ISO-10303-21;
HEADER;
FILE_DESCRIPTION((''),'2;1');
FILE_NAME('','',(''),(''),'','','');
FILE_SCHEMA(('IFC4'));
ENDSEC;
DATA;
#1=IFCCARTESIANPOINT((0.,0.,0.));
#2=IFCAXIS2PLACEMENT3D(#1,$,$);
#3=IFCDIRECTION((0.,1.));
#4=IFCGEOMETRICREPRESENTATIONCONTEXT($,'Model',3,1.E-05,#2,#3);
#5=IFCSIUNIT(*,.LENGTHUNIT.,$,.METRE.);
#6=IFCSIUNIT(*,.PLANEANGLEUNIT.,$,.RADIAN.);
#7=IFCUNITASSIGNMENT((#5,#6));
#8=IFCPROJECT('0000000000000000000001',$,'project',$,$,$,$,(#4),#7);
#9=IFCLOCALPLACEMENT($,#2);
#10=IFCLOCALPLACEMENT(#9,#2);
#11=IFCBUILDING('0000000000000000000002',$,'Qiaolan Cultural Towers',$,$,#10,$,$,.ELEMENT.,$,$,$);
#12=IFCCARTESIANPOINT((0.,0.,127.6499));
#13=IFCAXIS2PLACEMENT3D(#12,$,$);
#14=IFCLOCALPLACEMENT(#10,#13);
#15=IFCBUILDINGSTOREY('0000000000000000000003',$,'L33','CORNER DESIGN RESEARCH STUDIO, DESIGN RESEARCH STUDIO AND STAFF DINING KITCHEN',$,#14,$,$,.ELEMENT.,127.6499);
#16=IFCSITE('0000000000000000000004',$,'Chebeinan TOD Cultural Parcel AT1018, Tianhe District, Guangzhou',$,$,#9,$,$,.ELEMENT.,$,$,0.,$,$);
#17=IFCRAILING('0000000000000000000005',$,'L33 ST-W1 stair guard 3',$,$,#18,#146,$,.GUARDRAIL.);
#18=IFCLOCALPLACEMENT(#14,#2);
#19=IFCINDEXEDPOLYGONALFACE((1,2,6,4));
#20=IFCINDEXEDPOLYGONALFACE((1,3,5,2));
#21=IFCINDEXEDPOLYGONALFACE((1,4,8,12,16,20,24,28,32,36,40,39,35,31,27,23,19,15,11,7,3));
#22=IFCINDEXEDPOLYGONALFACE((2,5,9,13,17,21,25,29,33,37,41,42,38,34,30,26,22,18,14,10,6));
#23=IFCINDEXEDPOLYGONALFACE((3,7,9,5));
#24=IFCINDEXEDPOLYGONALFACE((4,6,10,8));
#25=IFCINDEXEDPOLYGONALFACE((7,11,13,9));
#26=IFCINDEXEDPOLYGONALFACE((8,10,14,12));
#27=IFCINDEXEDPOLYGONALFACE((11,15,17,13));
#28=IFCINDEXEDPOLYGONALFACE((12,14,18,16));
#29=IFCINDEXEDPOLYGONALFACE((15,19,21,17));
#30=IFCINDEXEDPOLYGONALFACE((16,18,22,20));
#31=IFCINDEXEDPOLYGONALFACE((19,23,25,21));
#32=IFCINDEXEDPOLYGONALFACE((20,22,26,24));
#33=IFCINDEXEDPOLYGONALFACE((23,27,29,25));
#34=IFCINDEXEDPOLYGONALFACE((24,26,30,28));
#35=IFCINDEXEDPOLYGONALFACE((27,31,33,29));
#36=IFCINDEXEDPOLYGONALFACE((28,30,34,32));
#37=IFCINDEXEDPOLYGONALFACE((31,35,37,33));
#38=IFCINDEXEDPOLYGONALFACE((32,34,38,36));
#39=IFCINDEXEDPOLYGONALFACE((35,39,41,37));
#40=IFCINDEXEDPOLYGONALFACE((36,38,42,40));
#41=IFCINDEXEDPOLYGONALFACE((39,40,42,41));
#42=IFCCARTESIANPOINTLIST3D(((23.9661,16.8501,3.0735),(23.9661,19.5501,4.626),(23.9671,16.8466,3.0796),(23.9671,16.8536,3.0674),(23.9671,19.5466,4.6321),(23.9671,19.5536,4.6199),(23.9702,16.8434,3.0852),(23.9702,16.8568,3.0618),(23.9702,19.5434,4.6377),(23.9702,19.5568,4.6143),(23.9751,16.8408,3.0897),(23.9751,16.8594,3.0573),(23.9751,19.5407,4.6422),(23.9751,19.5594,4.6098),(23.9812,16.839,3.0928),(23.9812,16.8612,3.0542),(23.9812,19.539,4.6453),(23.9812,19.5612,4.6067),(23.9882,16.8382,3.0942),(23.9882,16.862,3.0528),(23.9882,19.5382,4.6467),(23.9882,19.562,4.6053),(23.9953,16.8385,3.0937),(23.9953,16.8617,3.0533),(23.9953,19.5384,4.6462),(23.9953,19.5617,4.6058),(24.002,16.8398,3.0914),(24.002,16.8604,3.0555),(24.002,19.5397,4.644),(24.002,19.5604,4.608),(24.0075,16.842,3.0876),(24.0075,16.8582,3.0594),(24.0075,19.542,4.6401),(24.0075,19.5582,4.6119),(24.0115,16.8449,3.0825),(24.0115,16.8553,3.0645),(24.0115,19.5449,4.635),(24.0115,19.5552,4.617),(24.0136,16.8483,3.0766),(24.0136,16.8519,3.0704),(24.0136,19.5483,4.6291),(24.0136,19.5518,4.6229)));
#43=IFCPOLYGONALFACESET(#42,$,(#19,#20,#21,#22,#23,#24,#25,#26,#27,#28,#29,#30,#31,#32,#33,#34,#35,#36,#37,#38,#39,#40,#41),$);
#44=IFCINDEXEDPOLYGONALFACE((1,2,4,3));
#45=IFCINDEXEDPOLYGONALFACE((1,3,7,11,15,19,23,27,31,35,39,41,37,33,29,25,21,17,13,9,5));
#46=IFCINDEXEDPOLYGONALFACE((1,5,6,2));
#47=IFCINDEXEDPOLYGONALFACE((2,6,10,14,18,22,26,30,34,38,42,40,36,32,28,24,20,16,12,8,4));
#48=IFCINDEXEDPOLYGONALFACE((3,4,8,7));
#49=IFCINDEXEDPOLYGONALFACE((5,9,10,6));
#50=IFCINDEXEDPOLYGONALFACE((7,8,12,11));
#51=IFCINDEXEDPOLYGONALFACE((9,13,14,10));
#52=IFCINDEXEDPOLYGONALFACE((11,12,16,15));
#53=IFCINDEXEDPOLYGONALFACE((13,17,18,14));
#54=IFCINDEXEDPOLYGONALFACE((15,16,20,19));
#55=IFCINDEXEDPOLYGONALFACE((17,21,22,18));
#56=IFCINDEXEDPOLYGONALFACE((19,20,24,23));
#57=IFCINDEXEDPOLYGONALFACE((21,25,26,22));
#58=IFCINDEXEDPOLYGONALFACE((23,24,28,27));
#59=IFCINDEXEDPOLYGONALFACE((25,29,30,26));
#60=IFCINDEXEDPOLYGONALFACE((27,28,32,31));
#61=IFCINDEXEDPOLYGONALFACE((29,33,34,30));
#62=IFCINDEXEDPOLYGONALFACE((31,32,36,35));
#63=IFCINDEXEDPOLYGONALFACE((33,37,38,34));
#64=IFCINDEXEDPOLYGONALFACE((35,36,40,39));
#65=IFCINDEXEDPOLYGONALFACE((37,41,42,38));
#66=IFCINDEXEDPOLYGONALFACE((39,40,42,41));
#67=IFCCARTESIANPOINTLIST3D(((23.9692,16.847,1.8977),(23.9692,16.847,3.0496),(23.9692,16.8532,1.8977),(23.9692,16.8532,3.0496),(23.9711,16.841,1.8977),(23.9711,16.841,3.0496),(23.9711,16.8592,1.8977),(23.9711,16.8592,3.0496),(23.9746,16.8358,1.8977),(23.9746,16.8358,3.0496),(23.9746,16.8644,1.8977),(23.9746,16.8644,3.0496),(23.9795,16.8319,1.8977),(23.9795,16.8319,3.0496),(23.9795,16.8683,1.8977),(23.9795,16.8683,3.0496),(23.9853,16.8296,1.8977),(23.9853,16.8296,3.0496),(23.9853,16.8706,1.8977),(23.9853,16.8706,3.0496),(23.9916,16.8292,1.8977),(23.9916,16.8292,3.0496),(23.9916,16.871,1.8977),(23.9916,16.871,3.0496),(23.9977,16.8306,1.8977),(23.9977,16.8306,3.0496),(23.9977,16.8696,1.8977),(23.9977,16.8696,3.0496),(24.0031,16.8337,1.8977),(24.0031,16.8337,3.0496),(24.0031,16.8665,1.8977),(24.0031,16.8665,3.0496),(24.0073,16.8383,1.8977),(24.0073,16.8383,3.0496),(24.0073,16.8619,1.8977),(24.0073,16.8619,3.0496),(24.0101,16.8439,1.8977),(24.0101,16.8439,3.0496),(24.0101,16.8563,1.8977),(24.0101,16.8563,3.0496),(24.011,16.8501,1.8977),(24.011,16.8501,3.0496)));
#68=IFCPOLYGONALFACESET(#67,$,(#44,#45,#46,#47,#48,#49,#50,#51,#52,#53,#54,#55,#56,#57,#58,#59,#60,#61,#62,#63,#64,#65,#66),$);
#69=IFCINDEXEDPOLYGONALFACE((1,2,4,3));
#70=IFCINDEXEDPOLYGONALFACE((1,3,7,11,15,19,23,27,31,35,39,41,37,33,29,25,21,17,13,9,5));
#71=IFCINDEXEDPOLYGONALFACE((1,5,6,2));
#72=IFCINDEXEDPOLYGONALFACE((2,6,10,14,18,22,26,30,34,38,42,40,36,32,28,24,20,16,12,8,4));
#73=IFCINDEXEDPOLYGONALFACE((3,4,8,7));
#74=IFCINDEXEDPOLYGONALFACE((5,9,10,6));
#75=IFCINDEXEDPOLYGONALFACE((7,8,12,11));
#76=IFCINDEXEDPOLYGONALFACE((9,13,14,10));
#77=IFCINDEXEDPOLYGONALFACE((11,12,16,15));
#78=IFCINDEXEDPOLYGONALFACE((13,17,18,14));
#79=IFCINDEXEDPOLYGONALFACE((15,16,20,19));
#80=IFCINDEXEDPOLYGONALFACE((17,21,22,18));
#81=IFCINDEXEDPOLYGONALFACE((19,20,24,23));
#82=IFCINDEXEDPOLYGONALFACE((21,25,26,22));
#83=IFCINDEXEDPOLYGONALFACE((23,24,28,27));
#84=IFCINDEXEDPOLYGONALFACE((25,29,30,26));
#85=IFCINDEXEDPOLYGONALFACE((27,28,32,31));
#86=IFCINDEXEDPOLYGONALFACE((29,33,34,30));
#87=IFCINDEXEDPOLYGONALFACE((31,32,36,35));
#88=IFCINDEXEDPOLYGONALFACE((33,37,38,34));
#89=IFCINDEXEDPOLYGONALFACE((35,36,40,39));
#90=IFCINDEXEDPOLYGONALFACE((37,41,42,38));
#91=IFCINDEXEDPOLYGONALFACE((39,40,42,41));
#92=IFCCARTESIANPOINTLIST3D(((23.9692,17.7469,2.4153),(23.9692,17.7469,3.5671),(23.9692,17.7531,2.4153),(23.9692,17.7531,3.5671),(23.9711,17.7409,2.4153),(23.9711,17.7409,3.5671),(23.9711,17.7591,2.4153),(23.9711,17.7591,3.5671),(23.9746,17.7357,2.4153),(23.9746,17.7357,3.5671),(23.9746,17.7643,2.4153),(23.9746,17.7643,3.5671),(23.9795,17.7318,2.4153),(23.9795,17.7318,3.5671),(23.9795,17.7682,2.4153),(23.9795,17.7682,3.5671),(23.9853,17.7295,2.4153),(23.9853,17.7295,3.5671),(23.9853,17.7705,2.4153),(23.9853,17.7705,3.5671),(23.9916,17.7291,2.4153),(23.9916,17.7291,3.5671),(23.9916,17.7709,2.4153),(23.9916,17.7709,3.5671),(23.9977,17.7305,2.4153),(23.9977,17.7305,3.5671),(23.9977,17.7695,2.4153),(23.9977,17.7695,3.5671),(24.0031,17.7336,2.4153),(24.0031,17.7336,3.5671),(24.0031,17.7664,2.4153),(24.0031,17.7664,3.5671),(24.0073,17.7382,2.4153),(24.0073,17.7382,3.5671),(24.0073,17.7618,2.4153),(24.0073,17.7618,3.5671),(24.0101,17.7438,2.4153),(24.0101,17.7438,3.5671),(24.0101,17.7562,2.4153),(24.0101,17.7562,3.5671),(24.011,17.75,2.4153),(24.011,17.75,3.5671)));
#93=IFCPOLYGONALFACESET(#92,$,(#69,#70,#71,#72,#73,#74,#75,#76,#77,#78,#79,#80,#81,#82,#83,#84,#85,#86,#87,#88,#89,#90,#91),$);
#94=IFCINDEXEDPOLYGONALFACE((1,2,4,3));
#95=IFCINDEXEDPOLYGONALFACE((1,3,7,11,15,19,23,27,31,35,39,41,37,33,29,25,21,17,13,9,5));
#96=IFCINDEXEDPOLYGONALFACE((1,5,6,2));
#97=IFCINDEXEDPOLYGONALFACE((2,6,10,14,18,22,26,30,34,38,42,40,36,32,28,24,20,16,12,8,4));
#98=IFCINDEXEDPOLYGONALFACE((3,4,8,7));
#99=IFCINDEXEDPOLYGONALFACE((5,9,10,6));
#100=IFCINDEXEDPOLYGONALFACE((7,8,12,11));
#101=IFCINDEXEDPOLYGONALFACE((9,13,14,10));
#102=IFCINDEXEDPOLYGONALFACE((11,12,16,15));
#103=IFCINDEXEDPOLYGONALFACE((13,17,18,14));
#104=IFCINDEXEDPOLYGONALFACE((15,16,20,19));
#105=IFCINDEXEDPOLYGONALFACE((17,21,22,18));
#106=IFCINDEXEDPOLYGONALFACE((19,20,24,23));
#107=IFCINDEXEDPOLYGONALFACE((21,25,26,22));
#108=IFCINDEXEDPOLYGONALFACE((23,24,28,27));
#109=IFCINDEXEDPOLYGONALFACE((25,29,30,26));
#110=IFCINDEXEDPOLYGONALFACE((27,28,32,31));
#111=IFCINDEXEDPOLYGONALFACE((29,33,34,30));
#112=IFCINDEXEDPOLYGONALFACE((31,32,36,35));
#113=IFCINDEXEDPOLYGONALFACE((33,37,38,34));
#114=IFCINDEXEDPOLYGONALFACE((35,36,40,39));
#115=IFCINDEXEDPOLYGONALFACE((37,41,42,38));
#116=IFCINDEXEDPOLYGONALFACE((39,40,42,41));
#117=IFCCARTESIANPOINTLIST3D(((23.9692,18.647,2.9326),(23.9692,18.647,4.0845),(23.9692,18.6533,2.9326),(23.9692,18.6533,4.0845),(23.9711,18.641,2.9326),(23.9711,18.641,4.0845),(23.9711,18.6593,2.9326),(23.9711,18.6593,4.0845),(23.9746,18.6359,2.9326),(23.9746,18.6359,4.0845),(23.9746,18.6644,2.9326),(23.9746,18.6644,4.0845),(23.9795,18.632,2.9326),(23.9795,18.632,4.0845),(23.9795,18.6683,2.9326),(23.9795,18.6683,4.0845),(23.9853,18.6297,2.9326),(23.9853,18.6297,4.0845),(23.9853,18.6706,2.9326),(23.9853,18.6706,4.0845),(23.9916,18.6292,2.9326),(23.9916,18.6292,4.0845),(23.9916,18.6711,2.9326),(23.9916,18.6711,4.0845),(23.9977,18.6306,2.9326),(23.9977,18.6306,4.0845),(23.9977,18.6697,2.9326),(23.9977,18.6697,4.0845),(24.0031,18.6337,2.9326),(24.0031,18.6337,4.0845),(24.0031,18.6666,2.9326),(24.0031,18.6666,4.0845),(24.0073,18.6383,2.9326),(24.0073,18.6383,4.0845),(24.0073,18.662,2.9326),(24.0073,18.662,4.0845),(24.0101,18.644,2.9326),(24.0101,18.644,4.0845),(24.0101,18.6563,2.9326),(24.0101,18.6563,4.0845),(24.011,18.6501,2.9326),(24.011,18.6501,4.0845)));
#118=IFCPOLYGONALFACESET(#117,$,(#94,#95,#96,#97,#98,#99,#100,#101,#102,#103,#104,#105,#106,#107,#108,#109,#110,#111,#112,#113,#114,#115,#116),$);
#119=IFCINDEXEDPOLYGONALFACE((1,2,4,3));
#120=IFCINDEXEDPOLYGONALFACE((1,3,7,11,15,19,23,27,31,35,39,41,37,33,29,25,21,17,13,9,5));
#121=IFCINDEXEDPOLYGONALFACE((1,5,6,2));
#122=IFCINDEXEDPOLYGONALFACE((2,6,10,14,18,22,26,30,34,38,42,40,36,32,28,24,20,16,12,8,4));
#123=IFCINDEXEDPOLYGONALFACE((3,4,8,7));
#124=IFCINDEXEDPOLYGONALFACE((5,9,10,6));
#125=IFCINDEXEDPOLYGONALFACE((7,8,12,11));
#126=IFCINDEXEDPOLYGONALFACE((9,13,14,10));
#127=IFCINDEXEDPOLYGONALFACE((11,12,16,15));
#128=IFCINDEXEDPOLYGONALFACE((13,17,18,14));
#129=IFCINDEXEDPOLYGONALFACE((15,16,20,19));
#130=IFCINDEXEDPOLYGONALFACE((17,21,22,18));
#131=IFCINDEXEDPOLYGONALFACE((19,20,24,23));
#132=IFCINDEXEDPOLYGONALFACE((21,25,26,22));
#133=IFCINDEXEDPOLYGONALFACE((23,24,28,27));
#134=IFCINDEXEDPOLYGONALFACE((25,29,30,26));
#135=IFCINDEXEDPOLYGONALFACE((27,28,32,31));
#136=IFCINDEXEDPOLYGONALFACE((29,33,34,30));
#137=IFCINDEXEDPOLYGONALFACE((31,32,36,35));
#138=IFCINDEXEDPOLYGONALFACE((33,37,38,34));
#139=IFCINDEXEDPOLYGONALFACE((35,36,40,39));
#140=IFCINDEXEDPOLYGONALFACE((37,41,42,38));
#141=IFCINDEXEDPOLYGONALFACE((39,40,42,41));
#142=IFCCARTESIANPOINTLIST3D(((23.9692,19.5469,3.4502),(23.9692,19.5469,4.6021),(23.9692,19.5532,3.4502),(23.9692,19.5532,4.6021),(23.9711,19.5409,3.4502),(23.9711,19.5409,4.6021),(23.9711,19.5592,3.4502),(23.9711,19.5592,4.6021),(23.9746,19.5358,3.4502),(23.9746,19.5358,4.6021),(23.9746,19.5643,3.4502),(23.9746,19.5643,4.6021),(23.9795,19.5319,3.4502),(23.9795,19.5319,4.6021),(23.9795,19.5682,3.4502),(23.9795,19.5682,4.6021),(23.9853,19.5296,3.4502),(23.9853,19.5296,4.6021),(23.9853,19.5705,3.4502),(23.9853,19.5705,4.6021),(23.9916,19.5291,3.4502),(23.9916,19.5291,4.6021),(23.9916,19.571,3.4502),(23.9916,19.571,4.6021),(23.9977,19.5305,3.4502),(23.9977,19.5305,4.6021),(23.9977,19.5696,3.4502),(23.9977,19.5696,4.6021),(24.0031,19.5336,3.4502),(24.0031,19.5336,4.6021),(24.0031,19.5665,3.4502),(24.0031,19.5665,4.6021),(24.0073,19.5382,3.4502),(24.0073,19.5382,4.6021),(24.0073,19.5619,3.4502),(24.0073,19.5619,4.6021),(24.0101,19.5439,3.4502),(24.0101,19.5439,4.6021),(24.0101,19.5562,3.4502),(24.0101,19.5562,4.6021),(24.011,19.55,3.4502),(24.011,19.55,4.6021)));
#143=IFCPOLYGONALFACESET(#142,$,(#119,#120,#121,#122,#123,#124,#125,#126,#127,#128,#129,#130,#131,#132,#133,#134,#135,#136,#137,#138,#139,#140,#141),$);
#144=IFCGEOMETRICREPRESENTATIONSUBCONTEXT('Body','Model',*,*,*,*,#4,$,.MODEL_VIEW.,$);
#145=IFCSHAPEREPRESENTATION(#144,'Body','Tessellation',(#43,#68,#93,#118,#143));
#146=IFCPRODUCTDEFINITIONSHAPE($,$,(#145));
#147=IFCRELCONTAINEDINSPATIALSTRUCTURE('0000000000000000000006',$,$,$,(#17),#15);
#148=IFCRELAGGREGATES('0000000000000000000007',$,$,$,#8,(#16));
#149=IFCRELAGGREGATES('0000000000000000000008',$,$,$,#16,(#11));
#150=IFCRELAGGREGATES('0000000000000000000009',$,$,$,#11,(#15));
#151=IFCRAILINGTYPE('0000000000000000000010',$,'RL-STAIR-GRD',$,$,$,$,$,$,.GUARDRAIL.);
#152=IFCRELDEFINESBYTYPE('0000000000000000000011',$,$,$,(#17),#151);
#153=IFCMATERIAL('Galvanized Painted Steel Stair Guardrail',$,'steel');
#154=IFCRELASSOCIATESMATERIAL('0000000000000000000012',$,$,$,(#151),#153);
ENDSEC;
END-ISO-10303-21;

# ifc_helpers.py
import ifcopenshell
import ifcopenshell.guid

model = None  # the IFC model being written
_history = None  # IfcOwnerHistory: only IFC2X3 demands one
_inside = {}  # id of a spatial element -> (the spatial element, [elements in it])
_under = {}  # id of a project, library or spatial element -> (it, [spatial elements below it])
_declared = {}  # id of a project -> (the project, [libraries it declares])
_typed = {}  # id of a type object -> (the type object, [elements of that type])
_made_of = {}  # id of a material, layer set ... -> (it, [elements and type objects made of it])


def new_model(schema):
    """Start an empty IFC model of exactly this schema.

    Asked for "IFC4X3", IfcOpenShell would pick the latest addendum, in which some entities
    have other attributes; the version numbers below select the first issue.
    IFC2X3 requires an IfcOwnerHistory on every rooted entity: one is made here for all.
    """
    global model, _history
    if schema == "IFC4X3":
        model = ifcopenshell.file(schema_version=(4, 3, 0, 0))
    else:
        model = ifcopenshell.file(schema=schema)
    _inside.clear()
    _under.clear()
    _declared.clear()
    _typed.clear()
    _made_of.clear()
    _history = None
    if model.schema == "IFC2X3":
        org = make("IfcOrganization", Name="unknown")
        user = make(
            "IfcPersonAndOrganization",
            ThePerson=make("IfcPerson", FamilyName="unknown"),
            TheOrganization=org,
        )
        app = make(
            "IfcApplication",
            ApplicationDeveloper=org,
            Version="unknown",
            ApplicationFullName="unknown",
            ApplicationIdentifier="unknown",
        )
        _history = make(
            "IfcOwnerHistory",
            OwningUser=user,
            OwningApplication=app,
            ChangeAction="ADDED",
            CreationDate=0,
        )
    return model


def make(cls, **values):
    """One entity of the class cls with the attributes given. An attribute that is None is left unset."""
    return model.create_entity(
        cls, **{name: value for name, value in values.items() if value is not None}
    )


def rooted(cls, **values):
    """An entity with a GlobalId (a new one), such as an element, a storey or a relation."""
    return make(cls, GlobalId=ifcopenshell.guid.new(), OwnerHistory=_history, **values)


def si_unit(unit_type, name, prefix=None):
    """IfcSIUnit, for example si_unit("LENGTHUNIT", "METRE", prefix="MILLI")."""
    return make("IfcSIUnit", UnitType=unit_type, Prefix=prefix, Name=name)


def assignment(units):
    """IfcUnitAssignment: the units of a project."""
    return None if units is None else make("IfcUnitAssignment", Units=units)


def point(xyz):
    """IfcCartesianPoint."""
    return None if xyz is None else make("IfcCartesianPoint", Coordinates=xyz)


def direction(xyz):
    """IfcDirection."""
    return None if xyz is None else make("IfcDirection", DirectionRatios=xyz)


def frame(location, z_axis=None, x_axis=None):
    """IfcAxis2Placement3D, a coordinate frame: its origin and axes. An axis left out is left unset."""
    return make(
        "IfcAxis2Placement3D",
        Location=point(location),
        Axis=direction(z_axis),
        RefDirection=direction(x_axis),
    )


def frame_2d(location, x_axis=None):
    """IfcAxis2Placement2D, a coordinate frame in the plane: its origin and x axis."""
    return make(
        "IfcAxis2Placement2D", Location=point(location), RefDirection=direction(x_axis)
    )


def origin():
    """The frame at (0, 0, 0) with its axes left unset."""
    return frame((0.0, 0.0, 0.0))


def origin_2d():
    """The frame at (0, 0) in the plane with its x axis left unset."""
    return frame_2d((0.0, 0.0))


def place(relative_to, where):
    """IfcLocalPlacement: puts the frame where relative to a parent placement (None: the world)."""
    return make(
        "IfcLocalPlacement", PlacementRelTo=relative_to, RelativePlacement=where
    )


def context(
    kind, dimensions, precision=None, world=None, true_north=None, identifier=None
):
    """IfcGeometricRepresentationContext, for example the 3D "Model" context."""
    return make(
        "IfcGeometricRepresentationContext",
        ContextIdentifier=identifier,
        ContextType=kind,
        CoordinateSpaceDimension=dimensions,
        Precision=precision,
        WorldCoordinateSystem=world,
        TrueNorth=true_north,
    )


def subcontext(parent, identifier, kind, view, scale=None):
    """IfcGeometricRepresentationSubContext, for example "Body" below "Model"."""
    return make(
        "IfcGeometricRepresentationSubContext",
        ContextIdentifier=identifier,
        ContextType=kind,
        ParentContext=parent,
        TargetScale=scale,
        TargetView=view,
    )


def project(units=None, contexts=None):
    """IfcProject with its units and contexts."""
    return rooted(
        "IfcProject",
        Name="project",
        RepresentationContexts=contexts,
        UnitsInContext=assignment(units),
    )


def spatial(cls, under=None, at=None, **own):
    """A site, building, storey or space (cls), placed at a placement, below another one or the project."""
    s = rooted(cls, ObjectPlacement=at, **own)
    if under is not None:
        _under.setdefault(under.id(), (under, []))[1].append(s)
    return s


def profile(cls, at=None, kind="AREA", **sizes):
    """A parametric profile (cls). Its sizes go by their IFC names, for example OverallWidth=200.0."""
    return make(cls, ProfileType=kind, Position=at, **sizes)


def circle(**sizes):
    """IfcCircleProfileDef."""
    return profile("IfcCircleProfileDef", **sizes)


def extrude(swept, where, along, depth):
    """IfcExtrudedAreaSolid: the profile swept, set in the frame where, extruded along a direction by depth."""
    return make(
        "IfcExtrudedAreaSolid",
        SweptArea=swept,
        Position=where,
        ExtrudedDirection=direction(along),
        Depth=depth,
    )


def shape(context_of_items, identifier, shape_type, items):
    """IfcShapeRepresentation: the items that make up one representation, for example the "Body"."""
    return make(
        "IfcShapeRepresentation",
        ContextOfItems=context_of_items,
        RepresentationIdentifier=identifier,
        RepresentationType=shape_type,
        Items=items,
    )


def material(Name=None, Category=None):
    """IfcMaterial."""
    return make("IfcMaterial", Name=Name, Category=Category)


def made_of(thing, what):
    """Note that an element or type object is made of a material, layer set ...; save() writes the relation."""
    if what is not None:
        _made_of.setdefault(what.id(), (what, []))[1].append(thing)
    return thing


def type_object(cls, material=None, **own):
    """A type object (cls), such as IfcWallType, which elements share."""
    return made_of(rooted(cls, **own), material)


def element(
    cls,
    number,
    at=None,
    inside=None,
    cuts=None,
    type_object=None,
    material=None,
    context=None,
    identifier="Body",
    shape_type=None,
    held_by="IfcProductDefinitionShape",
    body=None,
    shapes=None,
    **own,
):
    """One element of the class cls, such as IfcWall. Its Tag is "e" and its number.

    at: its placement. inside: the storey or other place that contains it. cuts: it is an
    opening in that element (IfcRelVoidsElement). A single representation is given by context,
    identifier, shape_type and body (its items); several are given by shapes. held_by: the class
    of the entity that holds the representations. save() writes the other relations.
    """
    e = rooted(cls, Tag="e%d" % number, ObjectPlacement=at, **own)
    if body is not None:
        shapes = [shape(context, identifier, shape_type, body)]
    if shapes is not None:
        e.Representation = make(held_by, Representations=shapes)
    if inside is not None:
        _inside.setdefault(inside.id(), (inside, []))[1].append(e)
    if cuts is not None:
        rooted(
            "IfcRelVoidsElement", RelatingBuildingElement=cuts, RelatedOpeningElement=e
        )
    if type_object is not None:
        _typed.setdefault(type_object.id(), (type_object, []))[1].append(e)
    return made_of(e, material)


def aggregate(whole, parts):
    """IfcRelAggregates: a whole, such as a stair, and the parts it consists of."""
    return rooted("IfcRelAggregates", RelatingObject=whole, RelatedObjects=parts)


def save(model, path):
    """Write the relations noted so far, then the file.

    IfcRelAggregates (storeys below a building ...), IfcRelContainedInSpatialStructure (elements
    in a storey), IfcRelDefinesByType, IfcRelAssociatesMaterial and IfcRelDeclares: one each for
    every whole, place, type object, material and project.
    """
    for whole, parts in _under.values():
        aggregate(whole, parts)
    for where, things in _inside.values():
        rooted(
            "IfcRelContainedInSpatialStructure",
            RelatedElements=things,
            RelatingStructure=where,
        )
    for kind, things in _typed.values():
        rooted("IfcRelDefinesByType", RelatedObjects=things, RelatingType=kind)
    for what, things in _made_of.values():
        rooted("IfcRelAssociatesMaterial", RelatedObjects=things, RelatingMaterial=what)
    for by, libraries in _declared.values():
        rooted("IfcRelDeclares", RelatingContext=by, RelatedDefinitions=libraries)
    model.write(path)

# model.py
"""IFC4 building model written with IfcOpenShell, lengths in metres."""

from ifc_helpers import new_model, si_unit, direction, frame, origin, origin_2d, place, context, subcontext, project, spatial, circle, extrude, material, type_object, element, save


model = new_model("IFC4")

# Units and contexts
model_context = context("Model", 3, precision=1e-05, world=origin(), true_north=direction((0.0, 1.0)))
body_context = subcontext(model_context, "Body", "Model", "MODEL_VIEW")
ifc_project = project(units=[si_unit("LENGTHUNIT", "METRE"), si_unit("PLANEANGLEUNIT", "RADIAN")], contexts=[model_context])

# Site, building, storey
site_placement = place(None, origin())
site = spatial("IfcSite", under=ifc_project, at=site_placement, Name="Chebeinan TOD Cultural Parcel AT1018, Tianhe District, Guangzhou", CompositionType="ELEMENT", RefElevation=0.0)
building_placement = place(site_placement, origin())
building = spatial("IfcBuilding", under=site, at=building_placement, Name="Qiaolan Cultural Towers", CompositionType="ELEMENT")
storey_placement = place(building_placement, frame((0.0, 0.0, 127.6499)))
storey = spatial("IfcBuildingStorey", under=building, at=storey_placement, Name="L33", Description="CORNER DESIGN RESEARCH STUDIO, DESIGN RESEARCH STUDIO AND STAFF DINING KITCHEN", CompositionType="ELEMENT", Elevation=127.6499)

# Railing
ifc_material_1 = material(Name="Galvanized Painted Steel Stair Guardrail", Category="steel")
railing_type_1 = type_object("IfcRailingType", Name="RL-STAIR-GRD", PredefinedType="GUARDRAIL", material=ifc_material_1)
railing_1_placement = place(storey_placement, frame((23.99, 16.8501, 1.8977)))
element("IfcRailing", 1, at=railing_1_placement, inside=storey, type_object=railing_type_1, Name="L33 ST-W1 stair guard 3", PredefinedType="GUARDRAIL", context=body_context, shape_type="SweptSolid", body=[
    extrude(circle(Radius=0.0239, at=origin_2d()), frame((0.0, 0.0, 1.1758), z_axis=(0.0, 0.866904, 0.498476), x_axis=(-1.0, 0.0, 0.0)), (0.0, 0.0, 1.0), 3.1145),
    extrude(circle(Radius=0.021, at=origin_2d()), origin(), (0.0, 0.0, 1.0), 1.1519),
    extrude(circle(Radius=0.021, at=origin_2d()), frame((0.0, 0.8999, 0.5176)), (0.0, 0.0, 1.0), 1.1519),
    extrude(circle(Radius=0.021, at=origin_2d()), frame((0.0, 1.8, 1.0349)), (0.0, 0.0, 1.0), 1.1519),
    extrude(circle(Radius=0.021, at=origin_2d()), frame((0.0, 2.7, 1.5525)), (0.0, 0.0, 1.0), 1.1519),
])

save(model, "model.ifc")
